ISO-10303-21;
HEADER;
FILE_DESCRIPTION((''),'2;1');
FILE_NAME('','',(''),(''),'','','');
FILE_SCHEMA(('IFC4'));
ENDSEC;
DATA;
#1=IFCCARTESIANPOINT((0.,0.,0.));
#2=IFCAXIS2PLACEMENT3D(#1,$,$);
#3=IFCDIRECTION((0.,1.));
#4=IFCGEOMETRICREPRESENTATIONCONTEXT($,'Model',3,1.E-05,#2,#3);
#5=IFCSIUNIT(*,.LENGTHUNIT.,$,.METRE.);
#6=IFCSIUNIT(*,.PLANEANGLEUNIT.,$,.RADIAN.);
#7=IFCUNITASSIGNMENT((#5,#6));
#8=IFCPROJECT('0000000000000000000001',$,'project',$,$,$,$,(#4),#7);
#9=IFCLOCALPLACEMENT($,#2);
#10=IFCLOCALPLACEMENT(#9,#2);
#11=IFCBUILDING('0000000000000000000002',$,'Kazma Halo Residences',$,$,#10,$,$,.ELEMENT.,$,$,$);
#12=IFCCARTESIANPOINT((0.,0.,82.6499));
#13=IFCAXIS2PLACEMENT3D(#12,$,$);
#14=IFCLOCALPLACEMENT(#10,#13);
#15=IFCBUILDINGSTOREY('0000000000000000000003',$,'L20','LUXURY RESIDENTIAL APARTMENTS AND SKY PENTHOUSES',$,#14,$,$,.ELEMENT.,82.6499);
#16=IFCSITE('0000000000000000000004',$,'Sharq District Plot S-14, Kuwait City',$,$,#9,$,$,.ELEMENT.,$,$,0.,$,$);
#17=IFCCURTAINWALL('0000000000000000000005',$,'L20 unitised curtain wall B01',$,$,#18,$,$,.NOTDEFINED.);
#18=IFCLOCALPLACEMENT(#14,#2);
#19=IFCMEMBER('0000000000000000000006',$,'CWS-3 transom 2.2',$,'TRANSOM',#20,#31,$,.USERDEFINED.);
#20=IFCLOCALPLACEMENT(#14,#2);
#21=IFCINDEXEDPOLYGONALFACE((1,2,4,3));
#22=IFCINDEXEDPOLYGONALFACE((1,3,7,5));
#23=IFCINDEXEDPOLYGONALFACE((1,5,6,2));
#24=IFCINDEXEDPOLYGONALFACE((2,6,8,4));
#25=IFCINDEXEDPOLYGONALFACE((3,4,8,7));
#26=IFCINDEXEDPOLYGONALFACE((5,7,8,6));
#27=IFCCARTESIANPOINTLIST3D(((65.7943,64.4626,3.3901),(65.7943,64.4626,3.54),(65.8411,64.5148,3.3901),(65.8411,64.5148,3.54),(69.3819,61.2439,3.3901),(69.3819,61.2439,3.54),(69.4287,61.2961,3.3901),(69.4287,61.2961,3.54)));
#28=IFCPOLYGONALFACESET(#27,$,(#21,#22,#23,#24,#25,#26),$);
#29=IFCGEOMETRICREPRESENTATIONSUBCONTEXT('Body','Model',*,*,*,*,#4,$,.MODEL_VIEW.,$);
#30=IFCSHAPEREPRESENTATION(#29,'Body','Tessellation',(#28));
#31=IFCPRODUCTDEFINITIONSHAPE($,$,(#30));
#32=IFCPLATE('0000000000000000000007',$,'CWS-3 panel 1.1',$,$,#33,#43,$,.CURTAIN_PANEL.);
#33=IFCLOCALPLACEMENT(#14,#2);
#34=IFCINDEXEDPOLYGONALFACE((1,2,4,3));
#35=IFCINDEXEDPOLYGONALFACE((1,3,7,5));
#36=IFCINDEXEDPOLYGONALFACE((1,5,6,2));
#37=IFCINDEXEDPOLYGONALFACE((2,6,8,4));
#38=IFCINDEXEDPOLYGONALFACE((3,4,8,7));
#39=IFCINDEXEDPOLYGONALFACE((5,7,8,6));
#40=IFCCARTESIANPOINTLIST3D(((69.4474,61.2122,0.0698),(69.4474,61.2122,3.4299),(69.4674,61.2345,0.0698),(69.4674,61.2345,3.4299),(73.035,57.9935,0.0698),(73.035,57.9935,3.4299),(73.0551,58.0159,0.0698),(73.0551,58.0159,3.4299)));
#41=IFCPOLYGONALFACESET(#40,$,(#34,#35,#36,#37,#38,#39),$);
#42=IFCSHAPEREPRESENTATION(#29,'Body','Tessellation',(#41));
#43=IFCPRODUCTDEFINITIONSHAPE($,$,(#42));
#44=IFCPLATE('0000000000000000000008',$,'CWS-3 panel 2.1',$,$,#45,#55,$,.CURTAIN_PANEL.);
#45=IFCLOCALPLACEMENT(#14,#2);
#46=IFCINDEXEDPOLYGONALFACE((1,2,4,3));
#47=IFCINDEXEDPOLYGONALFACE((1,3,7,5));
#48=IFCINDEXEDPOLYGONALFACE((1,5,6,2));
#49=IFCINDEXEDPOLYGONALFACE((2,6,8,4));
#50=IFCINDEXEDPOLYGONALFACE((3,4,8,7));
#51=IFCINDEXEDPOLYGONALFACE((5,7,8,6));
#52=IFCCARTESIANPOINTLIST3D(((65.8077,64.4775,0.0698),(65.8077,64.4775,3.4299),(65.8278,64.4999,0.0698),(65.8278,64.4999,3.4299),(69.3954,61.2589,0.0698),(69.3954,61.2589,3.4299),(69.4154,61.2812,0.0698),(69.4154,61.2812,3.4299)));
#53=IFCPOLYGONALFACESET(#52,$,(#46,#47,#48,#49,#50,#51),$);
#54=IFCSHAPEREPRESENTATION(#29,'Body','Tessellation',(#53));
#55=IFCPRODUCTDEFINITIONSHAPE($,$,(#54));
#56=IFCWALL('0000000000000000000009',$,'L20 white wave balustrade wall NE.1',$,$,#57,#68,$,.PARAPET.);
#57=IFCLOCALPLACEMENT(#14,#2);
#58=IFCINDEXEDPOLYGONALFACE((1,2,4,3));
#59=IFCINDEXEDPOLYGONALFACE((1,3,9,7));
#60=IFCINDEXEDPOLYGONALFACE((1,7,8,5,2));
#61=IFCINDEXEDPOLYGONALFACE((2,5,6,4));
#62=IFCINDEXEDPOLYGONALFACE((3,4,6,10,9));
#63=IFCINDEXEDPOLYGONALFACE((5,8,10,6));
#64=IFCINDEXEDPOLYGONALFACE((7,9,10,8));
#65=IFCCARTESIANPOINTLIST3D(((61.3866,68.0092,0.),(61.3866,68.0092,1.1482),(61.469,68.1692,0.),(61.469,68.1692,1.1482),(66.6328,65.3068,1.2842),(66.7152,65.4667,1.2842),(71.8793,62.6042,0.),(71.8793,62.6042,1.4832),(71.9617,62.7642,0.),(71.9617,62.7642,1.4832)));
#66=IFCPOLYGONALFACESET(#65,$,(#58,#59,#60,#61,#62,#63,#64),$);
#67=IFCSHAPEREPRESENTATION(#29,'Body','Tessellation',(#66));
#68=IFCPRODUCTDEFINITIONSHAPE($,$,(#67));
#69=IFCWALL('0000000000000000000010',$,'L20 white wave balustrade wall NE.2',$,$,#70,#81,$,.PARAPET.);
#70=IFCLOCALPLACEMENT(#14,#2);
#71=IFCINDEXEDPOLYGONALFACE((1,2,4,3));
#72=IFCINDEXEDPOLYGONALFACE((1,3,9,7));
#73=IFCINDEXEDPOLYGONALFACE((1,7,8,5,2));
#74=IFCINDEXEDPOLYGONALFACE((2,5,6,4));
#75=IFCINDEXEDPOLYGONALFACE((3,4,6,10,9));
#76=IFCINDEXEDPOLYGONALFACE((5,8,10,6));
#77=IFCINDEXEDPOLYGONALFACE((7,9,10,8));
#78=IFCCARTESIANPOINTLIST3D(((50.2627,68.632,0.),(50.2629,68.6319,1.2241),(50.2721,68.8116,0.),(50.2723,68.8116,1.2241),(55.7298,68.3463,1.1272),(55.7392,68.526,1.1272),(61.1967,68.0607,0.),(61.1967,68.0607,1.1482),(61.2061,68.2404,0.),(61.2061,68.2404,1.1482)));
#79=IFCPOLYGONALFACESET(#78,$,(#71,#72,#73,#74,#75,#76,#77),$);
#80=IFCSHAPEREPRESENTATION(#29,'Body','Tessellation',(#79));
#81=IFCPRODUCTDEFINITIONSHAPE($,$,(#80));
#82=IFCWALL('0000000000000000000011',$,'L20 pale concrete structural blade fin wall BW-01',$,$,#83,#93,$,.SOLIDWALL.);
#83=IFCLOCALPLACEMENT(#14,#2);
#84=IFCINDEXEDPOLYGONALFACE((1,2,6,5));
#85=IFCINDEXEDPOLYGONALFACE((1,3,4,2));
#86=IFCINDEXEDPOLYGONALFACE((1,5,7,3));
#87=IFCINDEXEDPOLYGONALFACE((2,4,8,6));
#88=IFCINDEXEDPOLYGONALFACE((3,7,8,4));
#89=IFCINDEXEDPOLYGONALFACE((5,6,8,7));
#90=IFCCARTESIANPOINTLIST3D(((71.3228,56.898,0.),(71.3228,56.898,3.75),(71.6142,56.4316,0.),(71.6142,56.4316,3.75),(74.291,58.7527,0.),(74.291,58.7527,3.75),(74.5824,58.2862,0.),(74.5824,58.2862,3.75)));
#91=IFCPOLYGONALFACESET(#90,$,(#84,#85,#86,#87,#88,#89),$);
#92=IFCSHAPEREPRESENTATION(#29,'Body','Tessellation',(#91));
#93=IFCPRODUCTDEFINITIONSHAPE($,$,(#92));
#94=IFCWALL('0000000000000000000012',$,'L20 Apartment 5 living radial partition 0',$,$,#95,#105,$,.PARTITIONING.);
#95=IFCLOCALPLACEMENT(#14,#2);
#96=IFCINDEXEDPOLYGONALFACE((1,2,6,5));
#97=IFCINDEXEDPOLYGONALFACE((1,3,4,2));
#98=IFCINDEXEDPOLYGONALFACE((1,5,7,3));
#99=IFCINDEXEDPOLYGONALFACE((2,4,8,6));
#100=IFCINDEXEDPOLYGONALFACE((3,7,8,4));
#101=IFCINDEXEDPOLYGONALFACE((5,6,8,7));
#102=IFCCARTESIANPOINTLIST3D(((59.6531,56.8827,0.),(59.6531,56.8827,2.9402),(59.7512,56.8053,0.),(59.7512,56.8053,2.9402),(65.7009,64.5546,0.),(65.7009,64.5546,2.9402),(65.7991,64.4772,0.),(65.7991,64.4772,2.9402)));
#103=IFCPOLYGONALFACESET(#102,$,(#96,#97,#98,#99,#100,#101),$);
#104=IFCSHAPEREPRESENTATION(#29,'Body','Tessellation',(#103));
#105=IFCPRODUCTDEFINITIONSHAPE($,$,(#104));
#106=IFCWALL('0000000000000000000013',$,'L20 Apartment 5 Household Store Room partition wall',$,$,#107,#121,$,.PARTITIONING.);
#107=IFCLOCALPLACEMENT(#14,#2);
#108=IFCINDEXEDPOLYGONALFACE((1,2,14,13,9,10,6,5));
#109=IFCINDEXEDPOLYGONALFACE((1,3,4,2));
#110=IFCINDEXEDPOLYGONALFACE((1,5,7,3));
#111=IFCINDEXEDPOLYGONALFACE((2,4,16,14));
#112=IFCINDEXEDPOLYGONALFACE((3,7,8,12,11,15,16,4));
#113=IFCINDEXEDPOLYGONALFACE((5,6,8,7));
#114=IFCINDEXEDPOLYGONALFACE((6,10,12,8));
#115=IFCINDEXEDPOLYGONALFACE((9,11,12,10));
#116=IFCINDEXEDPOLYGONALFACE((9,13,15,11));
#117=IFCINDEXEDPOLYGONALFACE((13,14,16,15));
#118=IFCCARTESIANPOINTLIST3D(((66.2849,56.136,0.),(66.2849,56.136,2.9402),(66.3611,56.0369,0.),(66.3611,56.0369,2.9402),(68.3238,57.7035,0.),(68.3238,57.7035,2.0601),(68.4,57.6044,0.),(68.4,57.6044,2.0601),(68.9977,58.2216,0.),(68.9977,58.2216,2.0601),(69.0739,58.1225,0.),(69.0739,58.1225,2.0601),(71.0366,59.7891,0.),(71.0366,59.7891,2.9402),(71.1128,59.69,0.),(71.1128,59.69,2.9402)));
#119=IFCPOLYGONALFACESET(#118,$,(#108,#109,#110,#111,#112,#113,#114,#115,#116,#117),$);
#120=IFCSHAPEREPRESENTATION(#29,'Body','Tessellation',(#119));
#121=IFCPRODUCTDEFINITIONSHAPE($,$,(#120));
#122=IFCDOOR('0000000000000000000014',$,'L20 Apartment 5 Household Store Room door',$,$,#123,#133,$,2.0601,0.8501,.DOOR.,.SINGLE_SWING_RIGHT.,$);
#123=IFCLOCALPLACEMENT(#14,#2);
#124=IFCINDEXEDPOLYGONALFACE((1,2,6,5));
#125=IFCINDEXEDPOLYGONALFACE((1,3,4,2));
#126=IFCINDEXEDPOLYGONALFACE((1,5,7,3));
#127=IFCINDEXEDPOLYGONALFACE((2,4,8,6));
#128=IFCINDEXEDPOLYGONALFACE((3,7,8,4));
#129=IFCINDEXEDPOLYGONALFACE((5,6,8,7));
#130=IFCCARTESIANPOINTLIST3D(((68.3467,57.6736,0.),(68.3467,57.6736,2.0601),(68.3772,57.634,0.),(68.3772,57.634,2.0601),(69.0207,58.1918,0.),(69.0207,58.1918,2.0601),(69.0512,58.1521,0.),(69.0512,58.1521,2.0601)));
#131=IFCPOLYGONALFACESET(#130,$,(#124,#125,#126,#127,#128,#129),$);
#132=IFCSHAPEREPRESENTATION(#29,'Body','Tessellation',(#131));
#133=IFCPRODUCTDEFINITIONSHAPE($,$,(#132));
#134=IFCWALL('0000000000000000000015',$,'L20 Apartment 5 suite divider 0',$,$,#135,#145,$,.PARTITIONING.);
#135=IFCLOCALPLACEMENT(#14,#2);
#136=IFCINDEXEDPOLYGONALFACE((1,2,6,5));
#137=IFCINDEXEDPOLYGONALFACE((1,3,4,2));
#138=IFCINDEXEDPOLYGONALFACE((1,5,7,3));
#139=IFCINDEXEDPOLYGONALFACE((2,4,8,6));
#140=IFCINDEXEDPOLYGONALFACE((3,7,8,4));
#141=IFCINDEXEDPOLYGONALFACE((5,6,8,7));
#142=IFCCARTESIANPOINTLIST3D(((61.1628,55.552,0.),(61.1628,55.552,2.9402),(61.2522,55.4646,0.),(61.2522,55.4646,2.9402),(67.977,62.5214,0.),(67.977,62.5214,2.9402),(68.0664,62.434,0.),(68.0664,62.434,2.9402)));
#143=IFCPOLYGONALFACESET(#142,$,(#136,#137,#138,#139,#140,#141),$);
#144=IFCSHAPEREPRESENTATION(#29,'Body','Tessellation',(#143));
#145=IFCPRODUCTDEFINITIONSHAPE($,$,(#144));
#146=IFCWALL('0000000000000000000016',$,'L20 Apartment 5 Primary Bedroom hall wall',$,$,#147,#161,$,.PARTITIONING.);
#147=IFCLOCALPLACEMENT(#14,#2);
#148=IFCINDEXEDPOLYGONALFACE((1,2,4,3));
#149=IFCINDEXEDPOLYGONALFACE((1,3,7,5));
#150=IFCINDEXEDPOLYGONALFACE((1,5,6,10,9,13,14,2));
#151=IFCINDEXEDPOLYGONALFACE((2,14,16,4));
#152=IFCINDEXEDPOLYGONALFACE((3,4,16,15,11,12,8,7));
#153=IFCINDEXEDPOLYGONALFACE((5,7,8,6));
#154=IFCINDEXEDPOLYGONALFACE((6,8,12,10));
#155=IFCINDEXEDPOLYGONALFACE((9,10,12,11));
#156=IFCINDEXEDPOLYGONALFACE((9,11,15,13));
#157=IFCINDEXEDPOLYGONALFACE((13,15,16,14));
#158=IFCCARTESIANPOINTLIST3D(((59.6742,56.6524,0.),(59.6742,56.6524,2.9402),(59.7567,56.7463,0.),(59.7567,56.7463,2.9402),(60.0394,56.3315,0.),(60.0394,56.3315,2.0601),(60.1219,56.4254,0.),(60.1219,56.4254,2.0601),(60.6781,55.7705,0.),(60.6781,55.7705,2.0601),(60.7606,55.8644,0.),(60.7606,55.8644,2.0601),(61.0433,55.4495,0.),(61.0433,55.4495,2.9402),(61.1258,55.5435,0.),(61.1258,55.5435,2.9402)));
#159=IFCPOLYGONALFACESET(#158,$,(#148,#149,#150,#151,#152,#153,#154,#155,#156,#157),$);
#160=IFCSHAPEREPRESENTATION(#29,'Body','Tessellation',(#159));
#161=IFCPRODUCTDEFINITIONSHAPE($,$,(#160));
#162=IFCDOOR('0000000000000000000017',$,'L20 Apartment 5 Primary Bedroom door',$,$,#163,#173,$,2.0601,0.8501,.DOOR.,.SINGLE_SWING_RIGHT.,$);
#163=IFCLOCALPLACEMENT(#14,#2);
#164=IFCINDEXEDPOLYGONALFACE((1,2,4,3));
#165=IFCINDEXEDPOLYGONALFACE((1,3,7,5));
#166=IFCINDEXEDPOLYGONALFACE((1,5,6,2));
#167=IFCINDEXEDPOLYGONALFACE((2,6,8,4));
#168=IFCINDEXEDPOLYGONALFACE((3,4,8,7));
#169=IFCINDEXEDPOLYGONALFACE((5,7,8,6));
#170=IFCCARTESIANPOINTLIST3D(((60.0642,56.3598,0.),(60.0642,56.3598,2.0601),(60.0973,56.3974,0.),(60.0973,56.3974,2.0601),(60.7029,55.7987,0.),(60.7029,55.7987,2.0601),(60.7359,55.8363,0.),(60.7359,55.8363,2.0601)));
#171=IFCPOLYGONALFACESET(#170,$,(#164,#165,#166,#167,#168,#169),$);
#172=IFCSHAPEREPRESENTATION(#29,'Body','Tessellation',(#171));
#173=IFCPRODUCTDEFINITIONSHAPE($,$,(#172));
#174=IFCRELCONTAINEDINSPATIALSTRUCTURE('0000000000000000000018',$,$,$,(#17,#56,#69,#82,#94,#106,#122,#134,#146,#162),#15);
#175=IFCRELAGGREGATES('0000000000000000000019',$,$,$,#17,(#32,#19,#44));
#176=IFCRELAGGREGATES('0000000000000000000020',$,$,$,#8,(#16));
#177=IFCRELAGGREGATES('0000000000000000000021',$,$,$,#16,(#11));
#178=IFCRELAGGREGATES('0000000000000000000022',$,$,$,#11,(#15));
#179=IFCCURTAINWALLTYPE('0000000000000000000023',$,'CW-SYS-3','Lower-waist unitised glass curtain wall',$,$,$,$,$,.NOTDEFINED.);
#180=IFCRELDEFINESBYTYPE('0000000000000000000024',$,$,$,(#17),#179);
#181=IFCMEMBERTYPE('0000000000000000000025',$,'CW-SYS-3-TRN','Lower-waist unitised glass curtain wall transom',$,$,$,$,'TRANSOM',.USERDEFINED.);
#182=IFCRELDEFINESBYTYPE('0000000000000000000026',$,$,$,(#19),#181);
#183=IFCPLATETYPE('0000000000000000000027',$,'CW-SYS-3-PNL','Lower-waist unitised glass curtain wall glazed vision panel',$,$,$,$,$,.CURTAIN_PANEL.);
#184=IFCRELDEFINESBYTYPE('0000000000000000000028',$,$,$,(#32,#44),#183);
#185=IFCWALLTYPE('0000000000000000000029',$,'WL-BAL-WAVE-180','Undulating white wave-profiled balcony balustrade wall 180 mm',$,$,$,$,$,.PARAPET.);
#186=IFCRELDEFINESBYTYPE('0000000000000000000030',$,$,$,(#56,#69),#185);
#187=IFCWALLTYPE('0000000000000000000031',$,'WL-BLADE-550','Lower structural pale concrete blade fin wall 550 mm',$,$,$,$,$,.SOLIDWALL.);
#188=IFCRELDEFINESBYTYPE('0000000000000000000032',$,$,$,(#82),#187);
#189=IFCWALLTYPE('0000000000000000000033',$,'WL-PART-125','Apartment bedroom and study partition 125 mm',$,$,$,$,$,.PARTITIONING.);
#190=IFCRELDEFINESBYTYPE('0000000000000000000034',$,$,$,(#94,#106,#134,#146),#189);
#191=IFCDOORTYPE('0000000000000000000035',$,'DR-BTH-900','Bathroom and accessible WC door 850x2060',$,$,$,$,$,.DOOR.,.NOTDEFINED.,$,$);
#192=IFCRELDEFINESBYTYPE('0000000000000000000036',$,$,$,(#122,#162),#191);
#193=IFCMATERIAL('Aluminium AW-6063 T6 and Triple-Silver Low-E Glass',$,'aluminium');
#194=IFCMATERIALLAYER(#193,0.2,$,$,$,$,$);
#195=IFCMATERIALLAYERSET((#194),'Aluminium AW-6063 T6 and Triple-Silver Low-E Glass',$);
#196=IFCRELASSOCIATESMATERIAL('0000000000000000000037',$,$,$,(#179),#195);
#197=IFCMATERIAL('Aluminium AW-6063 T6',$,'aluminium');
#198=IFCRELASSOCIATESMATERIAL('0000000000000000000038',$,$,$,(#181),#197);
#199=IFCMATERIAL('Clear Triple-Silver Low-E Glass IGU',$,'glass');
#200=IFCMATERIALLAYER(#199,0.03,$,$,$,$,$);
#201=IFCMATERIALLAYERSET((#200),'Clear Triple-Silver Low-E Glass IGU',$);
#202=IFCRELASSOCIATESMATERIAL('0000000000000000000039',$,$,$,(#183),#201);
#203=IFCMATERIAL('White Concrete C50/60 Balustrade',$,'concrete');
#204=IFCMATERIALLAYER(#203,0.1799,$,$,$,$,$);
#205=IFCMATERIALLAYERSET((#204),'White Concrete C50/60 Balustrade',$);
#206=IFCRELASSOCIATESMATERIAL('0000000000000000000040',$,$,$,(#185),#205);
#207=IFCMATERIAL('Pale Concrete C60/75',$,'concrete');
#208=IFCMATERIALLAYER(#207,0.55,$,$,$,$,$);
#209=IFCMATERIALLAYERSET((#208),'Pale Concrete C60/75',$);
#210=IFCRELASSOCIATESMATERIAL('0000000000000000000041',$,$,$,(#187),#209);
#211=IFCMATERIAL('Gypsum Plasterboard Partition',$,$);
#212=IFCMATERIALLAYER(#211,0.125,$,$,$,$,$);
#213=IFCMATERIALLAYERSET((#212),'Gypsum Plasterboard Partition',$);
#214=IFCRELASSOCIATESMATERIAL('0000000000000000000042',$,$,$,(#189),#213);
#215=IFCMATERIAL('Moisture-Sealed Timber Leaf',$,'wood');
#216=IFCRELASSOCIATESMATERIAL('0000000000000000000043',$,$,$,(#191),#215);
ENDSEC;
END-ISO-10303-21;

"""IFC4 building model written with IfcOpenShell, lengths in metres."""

from ifc_helpers import new_model, si_unit, direction, frame, frame_2d, origin, origin_2d, place, context, subcontext, project, spatial, polyline, rectangle, outline, extrude, material, layer, layer_set, material_profile, profile_set, type_object, element, fill, aggregate, save


model = new_model("IFC4")

# Units and contexts
model_context = context("Model", 3, precision=1e-05, world=origin(), true_north=direction((0.0, 1.0)))
body_context = subcontext(model_context, "Body", "Model", "MODEL_VIEW")
ifc_project = project(units=[si_unit("LENGTHUNIT", "METRE"), si_unit("PLANEANGLEUNIT", "RADIAN")], contexts=[model_context])

# Site, building, storey
site_placement = place(None, origin())
site = spatial("IfcSite", under=ifc_project, at=site_placement, Name="Sharq District Plot S-14, Kuwait City", CompositionType="ELEMENT", RefElevation=0.0)
building_placement = place(site_placement, origin())
building = spatial("IfcBuilding", under=site, at=building_placement, Name="Kazma Halo Residences", CompositionType="ELEMENT")
storey_placement = place(building_placement, frame((0.0, 0.0, 82.6499)))
storey = spatial("IfcBuildingStorey", under=building, at=storey_placement, Name="L20", Description="LUXURY RESIDENTIAL APARTMENTS AND SKY PENTHOUSES", CompositionType="ELEMENT", Elevation=82.6499)

# Curtain wall
ifc_material_1 = material(Name="Aluminium AW-6063 T6 and Triple-Silver Low-E Glass", Category="aluminium")
ifc_layer_1 = layer(ifc_material_1, 0.2)
ifc_layer_set_1 = layer_set([ifc_layer_1], Name="Aluminium AW-6063 T6 and Triple-Silver Low-E Glass")
curtain_wall_type = type_object("IfcCurtainWallType", Name="CW-SYS-3", Description="Lower-waist unitised glass curtain wall", PredefinedType="NOTDEFINED", material=ifc_layer_set_1)
curtain_wall_1_placement = place(storey_placement, origin())
curtain_wall_1 = element("IfcCurtainWall", 1, at=curtain_wall_1_placement, inside=storey, type_object=curtain_wall_type, Name="L20 unitised curtain wall B01", PredefinedType="NOTDEFINED")
ifc_material_2 = material(Name="Aluminium AW-6063 T6", Category="aluminium")

# Member
ifc_material_profile_1 = material_profile(ifc_material_2, rectangle(XDim=0.0701, YDim=0.1499, at=origin_2d()), Name="CWT-70x150")
ifc_profile_set_1 = profile_set([ifc_material_profile_1], Name="Aluminium AW-6063 T6")
member_type_1 = type_object("IfcMemberType", Name="CW-SYS-3-TRN", Description="Lower-waist unitised glass curtain wall transom", ElementType="TRANSOM", PredefinedType="USERDEFINED", material=ifc_profile_set_1)
member_1_placement = place(storey_placement, frame((69.4053, 61.27, 3.4651), z_axis=(-0.744338, 0.667803, 0.0), x_axis=(-0.667803, -0.744338, 0.0)))
member_1 = element("IfcMember", 2, at=member_1_placement, type_object=member_type_1, Name="CWS-3 transom 2.2", ObjectType="TRANSOM", PredefinedType="USERDEFINED", context=body_context, shape_type="SweptSolid", body=[
    extrude(rectangle(XDim=0.0701, YDim=0.1499, at=origin_2d()), origin(), (0.0, 0.0, 1.0), 4.8198),
])

# Plates
ifc_material_3 = material(Name="Clear Triple-Silver Low-E Glass IGU", Category="glass")
ifc_layer_2 = layer(ifc_material_3, 0.03)
ifc_layer_set_2 = layer_set([ifc_layer_2], Name="Clear Triple-Silver Low-E Glass IGU")
plate_type = type_object("IfcPlateType", Name="CW-SYS-3-PNL", Description="Lower-waist unitised glass curtain wall glazed vision panel", PredefinedType="CURTAIN_PANEL", material=ifc_layer_set_2)
plate_1_placement = place(storey_placement, frame((71.2512, 59.614, 0.0698), z_axis=(0.0, 0.0, 1.0), x_axis=(-0.744345, 0.667795, 0.0)))
plate_1 = element("IfcPlate", 3, at=plate_1_placement, type_object=plate_type, Name="CWS-3 panel 1.1", PredefinedType="CURTAIN_PANEL", context=body_context, shape_type="SweptSolid", body=[
    extrude(rectangle(XDim=4.8198, YDim=0.03, at=origin_2d()), origin(), (0.0, 0.0, 1.0), 3.3601),
])
plate_2_placement = place(storey_placement, frame((67.6116, 62.8794, 0.0698), z_axis=(0.0, 0.0, 1.0), x_axis=(-0.744345, 0.667795, 0.0)))
plate_2 = element("IfcPlate", 4, at=plate_2_placement, type_object=plate_type, Name="CWS-3 panel 2.1", PredefinedType="CURTAIN_PANEL", context=body_context, shape_type="SweptSolid", body=[
    extrude(rectangle(XDim=4.8198, YDim=0.03, at=origin_2d()), origin(), (0.0, 0.0, 1.0), 3.3601),
])
aggregate(curtain_wall_1, [plate_1, member_1, plate_2])

# Walls
ifc_material_4 = material(Name="White Concrete C50/60 Balustrade", Category="concrete")
ifc_layer_3 = layer(ifc_material_4, 0.1799)
ifc_layer_set_3 = layer_set([ifc_layer_3], Name="White Concrete C50/60 Balustrade")
wall_type_1 = type_object("IfcWallType", Name="WL-BAL-WAVE-180", Description="Undulating white wave-profiled balcony balustrade wall 180 mm", PredefinedType="PARAPET", material=ifc_layer_set_3)
wall_1_placement = place(storey_placement, frame((71.9204, 62.6841, 0.0), z_axis=(0.0, 0.0, 1.0), x_axis=(-0.888985, 0.457937, 0.0)))
element("IfcWall", 5, at=wall_1_placement, inside=storey, type_object=wall_type_1, Name="L20 white wave balustrade wall NE.1", PredefinedType="PARAPET", context=body_context, shape_type="SweptSolid", body=[
    extrude(outline(polyline([(0.0, 0.0), (11.803, 0.0), (11.803, 1.1482), (5.9016, 1.2842), (0.0, 1.4832), (0.0, 0.0)])), frame((0.0, 0.0898, 0.0), z_axis=(0.0, -1.0, 0.0), x_axis=(1.0, 0.0, 0.0)), (0.0, 0.0, 1.0), 0.1799),
])
wall_2_placement = place(storey_placement, frame((61.2014, 68.1504, 0.0), z_axis=(0.0, 0.0, 1.0), x_axis=(-0.998638, 0.052177, 0.0)))
element("IfcWall", 6, at=wall_2_placement, inside=storey, type_object=wall_type_1, Name="L20 white wave balustrade wall NE.2", PredefinedType="PARAPET", context=body_context, shape_type="SweptSolid", body=[
    extrude(outline(polyline([(0.0, 0.0), (10.949, 0.0), (10.9487, 1.2241), (5.4744, 1.1272), (0.0, 1.1482), (0.0, 0.0)])), frame((0.0, 0.0898, 0.0), z_axis=(0.0, -1.0, 0.0), x_axis=(1.0, 0.0, 0.0)), (0.0, 0.0, 1.0), 0.1799),
])
ifc_material_5 = material(Name="Pale Concrete C60/75", Category="concrete")
ifc_layer_4 = layer(ifc_material_5, 0.55)
ifc_layer_set_4 = layer_set([ifc_layer_4], Name="Pale Concrete C60/75")
wall_type_2 = type_object("IfcWallType", Name="WL-BLADE-550", Description="Lower structural pale concrete blade fin wall 550 mm", PredefinedType="SOLIDWALL", material=ifc_layer_set_4)
wall_3_placement = place(storey_placement, frame((71.4685, 56.6648, 0.0), z_axis=(0.0, 0.0, 1.0), x_axis=(0.848053, 0.529911, 0.0)))
element("IfcWall", 7, at=wall_3_placement, inside=storey, type_object=wall_type_2, Name="L20 pale concrete structural blade fin wall BW-01", PredefinedType="SOLIDWALL", context=body_context, shape_type="SweptSolid", body=[
    extrude(rectangle(XDim=3.5, YDim=0.55, at=frame_2d((1.75, 0.0))), origin(), (0.0, 0.0, 1.0), 3.75),
])

# Wall
ifc_material_6 = material(Name="Gypsum Plasterboard Partition")
ifc_layer_5 = layer(ifc_material_6, 0.125)
ifc_layer_set_5 = layer_set([ifc_layer_5], Name="Gypsum Plasterboard Partition")
wall_type_3 = type_object("IfcWallType", Name="WL-PART-125", Description="Apartment bedroom and study partition 125 mm", PredefinedType="PARTITIONING", material=ifc_layer_set_5)
wall_4_placement = place(storey_placement, frame((59.7021, 56.844, 0.0), z_axis=(0.0, 0.0, 1.0), x_axis=(0.619083, 0.785325, 0.0)))
element("IfcWall", 8, at=wall_4_placement, inside=storey, type_object=wall_type_3, Name="L20 Apartment 5 living radial partition 0", PredefinedType="PARTITIONING", context=body_context, shape_type="SweptSolid", body=[
    extrude(rectangle(XDim=9.769, YDim=0.125, at=frame_2d((4.8845, 0.0))), origin(), (0.0, 0.0, 1.0), 2.9402),
])

# Wall, opening, door
wall_5_placement = place(storey_placement, frame((66.323, 56.0864, 0.0), z_axis=(0.0, 0.0, 1.0), x_axis=(0.792792, 0.609492, 0.0)))
wall_5 = element("IfcWall", 9, at=wall_5_placement, inside=storey, type_object=wall_type_3, Name="L20 Apartment 5 Household Store Room partition wall", PredefinedType="PARTITIONING", context=body_context, shape_type="SweptSolid", body=[
    extrude(rectangle(XDim=5.9937, YDim=0.125, at=frame_2d((2.9968, 0.0))), origin(), (0.0, 0.0, 1.0), 2.9402),
])
opening_1_placement = place(wall_5_placement, frame((2.5718, 0.0, 0.0)))
opening_1 = element("IfcOpeningElement", 10, at=opening_1_placement, cuts=wall_5, PredefinedType="OPENING", context=body_context, shape_type="SweptSolid", body=[
    extrude(rectangle(XDim=0.8501, YDim=2.0601, at=frame_2d((0.425, 1.03))), frame((0.0, 0.0725, 0.0), z_axis=(0.0, -1.0, 0.0), x_axis=(1.0, 0.0, 0.0)), (0.0, 0.0, 1.0), 0.145),
])
ifc_material_7 = material(Name="Moisture-Sealed Timber Leaf", Category="wood")
door_type_1 = type_object("IfcDoorType", Name="DR-BTH-900", Description="Bathroom and accessible WC door 850x2060", OperationType="NOTDEFINED", PredefinedType="DOOR", material=ifc_material_7)
door_1_placement = place(opening_1_placement, origin())
door_1 = element("IfcDoor", 11, at=door_1_placement, inside=storey, type_object=door_type_1, Name="L20 Apartment 5 Household Store Room door", OperationType="SINGLE_SWING_RIGHT", OverallHeight=2.0601, OverallWidth=0.8501, PredefinedType="DOOR", context=body_context, shape_type="SweptSolid", body=[
    extrude(rectangle(XDim=0.8501, YDim=2.0601, at=frame_2d((0.425, 1.03))), frame((0.0, 0.0249, 0.0), z_axis=(0.0, -1.0, 0.0), x_axis=(1.0, 0.0, 0.0)), (0.0, 0.0, 1.0), 0.05),
])
fill(opening_1, door_1)

# Wall
wall_6_placement = place(storey_placement, frame((61.2075, 55.5083, 0.0), z_axis=(0.0, 0.0, 1.0), x_axis=(0.699097, 0.715027, 0.0)))
element("IfcWall", 12, at=wall_6_placement, inside=storey, type_object=wall_type_3, Name="L20 Apartment 5 suite divider 0", PredefinedType="PARTITIONING", context=body_context, shape_type="SweptSolid", body=[
    extrude(rectangle(XDim=9.7471, YDim=0.125, at=frame_2d((4.8735, 0.0))), origin(), (0.0, 0.0, 1.0), 2.9402),
])

# Wall, opening, door
wall_7_placement = place(storey_placement, frame((61.0845, 55.4966, 0.0), z_axis=(0.0, 0.0, 1.0), x_axis=(-0.751247, 0.660021, 0.0)))
wall_7 = element("IfcWall", 13, at=wall_7_placement, inside=storey, type_object=wall_type_3, Name="L20 Apartment 5 Primary Bedroom hall wall", PredefinedType="PARTITIONING", context=body_context, shape_type="SweptSolid", body=[
    extrude(rectangle(XDim=1.8225, YDim=0.125, at=frame_2d((0.9111, 0.0))), origin(), (0.0, 0.0, 1.0), 2.9402),
])
opening_2_placement = place(wall_7_placement, frame((0.4861, 0.0, 0.0)))
opening_2 = element("IfcOpeningElement", 14, at=opening_2_placement, cuts=wall_7, PredefinedType="OPENING", context=body_context, shape_type="SweptSolid", body=[
    extrude(rectangle(XDim=0.8501, YDim=2.0601, at=frame_2d((0.425, 1.03))), frame((0.0, 0.0725, 0.0), z_axis=(0.0, -1.0, 0.0), x_axis=(1.0, 0.0, 0.0)), (0.0, 0.0, 1.0), 0.145),
])
door_2_placement = place(opening_2_placement, origin())
door_2 = element("IfcDoor", 15, at=door_2_placement, inside=storey, type_object=door_type_1, Name="L20 Apartment 5 Primary Bedroom door", OperationType="SINGLE_SWING_RIGHT", OverallHeight=2.0601, OverallWidth=0.8501, PredefinedType="DOOR", context=body_context, shape_type="SweptSolid", body=[
    extrude(rectangle(XDim=0.8501, YDim=2.0601, at=frame_2d((0.425, 1.03))), frame((0.0, 0.0249, 0.0), z_axis=(0.0, -1.0, 0.0), x_axis=(1.0, 0.0, 0.0)), (0.0, 0.0, 1.0), 0.05),
])
fill(opening_2, door_2)

save(model, "model.ifc")
